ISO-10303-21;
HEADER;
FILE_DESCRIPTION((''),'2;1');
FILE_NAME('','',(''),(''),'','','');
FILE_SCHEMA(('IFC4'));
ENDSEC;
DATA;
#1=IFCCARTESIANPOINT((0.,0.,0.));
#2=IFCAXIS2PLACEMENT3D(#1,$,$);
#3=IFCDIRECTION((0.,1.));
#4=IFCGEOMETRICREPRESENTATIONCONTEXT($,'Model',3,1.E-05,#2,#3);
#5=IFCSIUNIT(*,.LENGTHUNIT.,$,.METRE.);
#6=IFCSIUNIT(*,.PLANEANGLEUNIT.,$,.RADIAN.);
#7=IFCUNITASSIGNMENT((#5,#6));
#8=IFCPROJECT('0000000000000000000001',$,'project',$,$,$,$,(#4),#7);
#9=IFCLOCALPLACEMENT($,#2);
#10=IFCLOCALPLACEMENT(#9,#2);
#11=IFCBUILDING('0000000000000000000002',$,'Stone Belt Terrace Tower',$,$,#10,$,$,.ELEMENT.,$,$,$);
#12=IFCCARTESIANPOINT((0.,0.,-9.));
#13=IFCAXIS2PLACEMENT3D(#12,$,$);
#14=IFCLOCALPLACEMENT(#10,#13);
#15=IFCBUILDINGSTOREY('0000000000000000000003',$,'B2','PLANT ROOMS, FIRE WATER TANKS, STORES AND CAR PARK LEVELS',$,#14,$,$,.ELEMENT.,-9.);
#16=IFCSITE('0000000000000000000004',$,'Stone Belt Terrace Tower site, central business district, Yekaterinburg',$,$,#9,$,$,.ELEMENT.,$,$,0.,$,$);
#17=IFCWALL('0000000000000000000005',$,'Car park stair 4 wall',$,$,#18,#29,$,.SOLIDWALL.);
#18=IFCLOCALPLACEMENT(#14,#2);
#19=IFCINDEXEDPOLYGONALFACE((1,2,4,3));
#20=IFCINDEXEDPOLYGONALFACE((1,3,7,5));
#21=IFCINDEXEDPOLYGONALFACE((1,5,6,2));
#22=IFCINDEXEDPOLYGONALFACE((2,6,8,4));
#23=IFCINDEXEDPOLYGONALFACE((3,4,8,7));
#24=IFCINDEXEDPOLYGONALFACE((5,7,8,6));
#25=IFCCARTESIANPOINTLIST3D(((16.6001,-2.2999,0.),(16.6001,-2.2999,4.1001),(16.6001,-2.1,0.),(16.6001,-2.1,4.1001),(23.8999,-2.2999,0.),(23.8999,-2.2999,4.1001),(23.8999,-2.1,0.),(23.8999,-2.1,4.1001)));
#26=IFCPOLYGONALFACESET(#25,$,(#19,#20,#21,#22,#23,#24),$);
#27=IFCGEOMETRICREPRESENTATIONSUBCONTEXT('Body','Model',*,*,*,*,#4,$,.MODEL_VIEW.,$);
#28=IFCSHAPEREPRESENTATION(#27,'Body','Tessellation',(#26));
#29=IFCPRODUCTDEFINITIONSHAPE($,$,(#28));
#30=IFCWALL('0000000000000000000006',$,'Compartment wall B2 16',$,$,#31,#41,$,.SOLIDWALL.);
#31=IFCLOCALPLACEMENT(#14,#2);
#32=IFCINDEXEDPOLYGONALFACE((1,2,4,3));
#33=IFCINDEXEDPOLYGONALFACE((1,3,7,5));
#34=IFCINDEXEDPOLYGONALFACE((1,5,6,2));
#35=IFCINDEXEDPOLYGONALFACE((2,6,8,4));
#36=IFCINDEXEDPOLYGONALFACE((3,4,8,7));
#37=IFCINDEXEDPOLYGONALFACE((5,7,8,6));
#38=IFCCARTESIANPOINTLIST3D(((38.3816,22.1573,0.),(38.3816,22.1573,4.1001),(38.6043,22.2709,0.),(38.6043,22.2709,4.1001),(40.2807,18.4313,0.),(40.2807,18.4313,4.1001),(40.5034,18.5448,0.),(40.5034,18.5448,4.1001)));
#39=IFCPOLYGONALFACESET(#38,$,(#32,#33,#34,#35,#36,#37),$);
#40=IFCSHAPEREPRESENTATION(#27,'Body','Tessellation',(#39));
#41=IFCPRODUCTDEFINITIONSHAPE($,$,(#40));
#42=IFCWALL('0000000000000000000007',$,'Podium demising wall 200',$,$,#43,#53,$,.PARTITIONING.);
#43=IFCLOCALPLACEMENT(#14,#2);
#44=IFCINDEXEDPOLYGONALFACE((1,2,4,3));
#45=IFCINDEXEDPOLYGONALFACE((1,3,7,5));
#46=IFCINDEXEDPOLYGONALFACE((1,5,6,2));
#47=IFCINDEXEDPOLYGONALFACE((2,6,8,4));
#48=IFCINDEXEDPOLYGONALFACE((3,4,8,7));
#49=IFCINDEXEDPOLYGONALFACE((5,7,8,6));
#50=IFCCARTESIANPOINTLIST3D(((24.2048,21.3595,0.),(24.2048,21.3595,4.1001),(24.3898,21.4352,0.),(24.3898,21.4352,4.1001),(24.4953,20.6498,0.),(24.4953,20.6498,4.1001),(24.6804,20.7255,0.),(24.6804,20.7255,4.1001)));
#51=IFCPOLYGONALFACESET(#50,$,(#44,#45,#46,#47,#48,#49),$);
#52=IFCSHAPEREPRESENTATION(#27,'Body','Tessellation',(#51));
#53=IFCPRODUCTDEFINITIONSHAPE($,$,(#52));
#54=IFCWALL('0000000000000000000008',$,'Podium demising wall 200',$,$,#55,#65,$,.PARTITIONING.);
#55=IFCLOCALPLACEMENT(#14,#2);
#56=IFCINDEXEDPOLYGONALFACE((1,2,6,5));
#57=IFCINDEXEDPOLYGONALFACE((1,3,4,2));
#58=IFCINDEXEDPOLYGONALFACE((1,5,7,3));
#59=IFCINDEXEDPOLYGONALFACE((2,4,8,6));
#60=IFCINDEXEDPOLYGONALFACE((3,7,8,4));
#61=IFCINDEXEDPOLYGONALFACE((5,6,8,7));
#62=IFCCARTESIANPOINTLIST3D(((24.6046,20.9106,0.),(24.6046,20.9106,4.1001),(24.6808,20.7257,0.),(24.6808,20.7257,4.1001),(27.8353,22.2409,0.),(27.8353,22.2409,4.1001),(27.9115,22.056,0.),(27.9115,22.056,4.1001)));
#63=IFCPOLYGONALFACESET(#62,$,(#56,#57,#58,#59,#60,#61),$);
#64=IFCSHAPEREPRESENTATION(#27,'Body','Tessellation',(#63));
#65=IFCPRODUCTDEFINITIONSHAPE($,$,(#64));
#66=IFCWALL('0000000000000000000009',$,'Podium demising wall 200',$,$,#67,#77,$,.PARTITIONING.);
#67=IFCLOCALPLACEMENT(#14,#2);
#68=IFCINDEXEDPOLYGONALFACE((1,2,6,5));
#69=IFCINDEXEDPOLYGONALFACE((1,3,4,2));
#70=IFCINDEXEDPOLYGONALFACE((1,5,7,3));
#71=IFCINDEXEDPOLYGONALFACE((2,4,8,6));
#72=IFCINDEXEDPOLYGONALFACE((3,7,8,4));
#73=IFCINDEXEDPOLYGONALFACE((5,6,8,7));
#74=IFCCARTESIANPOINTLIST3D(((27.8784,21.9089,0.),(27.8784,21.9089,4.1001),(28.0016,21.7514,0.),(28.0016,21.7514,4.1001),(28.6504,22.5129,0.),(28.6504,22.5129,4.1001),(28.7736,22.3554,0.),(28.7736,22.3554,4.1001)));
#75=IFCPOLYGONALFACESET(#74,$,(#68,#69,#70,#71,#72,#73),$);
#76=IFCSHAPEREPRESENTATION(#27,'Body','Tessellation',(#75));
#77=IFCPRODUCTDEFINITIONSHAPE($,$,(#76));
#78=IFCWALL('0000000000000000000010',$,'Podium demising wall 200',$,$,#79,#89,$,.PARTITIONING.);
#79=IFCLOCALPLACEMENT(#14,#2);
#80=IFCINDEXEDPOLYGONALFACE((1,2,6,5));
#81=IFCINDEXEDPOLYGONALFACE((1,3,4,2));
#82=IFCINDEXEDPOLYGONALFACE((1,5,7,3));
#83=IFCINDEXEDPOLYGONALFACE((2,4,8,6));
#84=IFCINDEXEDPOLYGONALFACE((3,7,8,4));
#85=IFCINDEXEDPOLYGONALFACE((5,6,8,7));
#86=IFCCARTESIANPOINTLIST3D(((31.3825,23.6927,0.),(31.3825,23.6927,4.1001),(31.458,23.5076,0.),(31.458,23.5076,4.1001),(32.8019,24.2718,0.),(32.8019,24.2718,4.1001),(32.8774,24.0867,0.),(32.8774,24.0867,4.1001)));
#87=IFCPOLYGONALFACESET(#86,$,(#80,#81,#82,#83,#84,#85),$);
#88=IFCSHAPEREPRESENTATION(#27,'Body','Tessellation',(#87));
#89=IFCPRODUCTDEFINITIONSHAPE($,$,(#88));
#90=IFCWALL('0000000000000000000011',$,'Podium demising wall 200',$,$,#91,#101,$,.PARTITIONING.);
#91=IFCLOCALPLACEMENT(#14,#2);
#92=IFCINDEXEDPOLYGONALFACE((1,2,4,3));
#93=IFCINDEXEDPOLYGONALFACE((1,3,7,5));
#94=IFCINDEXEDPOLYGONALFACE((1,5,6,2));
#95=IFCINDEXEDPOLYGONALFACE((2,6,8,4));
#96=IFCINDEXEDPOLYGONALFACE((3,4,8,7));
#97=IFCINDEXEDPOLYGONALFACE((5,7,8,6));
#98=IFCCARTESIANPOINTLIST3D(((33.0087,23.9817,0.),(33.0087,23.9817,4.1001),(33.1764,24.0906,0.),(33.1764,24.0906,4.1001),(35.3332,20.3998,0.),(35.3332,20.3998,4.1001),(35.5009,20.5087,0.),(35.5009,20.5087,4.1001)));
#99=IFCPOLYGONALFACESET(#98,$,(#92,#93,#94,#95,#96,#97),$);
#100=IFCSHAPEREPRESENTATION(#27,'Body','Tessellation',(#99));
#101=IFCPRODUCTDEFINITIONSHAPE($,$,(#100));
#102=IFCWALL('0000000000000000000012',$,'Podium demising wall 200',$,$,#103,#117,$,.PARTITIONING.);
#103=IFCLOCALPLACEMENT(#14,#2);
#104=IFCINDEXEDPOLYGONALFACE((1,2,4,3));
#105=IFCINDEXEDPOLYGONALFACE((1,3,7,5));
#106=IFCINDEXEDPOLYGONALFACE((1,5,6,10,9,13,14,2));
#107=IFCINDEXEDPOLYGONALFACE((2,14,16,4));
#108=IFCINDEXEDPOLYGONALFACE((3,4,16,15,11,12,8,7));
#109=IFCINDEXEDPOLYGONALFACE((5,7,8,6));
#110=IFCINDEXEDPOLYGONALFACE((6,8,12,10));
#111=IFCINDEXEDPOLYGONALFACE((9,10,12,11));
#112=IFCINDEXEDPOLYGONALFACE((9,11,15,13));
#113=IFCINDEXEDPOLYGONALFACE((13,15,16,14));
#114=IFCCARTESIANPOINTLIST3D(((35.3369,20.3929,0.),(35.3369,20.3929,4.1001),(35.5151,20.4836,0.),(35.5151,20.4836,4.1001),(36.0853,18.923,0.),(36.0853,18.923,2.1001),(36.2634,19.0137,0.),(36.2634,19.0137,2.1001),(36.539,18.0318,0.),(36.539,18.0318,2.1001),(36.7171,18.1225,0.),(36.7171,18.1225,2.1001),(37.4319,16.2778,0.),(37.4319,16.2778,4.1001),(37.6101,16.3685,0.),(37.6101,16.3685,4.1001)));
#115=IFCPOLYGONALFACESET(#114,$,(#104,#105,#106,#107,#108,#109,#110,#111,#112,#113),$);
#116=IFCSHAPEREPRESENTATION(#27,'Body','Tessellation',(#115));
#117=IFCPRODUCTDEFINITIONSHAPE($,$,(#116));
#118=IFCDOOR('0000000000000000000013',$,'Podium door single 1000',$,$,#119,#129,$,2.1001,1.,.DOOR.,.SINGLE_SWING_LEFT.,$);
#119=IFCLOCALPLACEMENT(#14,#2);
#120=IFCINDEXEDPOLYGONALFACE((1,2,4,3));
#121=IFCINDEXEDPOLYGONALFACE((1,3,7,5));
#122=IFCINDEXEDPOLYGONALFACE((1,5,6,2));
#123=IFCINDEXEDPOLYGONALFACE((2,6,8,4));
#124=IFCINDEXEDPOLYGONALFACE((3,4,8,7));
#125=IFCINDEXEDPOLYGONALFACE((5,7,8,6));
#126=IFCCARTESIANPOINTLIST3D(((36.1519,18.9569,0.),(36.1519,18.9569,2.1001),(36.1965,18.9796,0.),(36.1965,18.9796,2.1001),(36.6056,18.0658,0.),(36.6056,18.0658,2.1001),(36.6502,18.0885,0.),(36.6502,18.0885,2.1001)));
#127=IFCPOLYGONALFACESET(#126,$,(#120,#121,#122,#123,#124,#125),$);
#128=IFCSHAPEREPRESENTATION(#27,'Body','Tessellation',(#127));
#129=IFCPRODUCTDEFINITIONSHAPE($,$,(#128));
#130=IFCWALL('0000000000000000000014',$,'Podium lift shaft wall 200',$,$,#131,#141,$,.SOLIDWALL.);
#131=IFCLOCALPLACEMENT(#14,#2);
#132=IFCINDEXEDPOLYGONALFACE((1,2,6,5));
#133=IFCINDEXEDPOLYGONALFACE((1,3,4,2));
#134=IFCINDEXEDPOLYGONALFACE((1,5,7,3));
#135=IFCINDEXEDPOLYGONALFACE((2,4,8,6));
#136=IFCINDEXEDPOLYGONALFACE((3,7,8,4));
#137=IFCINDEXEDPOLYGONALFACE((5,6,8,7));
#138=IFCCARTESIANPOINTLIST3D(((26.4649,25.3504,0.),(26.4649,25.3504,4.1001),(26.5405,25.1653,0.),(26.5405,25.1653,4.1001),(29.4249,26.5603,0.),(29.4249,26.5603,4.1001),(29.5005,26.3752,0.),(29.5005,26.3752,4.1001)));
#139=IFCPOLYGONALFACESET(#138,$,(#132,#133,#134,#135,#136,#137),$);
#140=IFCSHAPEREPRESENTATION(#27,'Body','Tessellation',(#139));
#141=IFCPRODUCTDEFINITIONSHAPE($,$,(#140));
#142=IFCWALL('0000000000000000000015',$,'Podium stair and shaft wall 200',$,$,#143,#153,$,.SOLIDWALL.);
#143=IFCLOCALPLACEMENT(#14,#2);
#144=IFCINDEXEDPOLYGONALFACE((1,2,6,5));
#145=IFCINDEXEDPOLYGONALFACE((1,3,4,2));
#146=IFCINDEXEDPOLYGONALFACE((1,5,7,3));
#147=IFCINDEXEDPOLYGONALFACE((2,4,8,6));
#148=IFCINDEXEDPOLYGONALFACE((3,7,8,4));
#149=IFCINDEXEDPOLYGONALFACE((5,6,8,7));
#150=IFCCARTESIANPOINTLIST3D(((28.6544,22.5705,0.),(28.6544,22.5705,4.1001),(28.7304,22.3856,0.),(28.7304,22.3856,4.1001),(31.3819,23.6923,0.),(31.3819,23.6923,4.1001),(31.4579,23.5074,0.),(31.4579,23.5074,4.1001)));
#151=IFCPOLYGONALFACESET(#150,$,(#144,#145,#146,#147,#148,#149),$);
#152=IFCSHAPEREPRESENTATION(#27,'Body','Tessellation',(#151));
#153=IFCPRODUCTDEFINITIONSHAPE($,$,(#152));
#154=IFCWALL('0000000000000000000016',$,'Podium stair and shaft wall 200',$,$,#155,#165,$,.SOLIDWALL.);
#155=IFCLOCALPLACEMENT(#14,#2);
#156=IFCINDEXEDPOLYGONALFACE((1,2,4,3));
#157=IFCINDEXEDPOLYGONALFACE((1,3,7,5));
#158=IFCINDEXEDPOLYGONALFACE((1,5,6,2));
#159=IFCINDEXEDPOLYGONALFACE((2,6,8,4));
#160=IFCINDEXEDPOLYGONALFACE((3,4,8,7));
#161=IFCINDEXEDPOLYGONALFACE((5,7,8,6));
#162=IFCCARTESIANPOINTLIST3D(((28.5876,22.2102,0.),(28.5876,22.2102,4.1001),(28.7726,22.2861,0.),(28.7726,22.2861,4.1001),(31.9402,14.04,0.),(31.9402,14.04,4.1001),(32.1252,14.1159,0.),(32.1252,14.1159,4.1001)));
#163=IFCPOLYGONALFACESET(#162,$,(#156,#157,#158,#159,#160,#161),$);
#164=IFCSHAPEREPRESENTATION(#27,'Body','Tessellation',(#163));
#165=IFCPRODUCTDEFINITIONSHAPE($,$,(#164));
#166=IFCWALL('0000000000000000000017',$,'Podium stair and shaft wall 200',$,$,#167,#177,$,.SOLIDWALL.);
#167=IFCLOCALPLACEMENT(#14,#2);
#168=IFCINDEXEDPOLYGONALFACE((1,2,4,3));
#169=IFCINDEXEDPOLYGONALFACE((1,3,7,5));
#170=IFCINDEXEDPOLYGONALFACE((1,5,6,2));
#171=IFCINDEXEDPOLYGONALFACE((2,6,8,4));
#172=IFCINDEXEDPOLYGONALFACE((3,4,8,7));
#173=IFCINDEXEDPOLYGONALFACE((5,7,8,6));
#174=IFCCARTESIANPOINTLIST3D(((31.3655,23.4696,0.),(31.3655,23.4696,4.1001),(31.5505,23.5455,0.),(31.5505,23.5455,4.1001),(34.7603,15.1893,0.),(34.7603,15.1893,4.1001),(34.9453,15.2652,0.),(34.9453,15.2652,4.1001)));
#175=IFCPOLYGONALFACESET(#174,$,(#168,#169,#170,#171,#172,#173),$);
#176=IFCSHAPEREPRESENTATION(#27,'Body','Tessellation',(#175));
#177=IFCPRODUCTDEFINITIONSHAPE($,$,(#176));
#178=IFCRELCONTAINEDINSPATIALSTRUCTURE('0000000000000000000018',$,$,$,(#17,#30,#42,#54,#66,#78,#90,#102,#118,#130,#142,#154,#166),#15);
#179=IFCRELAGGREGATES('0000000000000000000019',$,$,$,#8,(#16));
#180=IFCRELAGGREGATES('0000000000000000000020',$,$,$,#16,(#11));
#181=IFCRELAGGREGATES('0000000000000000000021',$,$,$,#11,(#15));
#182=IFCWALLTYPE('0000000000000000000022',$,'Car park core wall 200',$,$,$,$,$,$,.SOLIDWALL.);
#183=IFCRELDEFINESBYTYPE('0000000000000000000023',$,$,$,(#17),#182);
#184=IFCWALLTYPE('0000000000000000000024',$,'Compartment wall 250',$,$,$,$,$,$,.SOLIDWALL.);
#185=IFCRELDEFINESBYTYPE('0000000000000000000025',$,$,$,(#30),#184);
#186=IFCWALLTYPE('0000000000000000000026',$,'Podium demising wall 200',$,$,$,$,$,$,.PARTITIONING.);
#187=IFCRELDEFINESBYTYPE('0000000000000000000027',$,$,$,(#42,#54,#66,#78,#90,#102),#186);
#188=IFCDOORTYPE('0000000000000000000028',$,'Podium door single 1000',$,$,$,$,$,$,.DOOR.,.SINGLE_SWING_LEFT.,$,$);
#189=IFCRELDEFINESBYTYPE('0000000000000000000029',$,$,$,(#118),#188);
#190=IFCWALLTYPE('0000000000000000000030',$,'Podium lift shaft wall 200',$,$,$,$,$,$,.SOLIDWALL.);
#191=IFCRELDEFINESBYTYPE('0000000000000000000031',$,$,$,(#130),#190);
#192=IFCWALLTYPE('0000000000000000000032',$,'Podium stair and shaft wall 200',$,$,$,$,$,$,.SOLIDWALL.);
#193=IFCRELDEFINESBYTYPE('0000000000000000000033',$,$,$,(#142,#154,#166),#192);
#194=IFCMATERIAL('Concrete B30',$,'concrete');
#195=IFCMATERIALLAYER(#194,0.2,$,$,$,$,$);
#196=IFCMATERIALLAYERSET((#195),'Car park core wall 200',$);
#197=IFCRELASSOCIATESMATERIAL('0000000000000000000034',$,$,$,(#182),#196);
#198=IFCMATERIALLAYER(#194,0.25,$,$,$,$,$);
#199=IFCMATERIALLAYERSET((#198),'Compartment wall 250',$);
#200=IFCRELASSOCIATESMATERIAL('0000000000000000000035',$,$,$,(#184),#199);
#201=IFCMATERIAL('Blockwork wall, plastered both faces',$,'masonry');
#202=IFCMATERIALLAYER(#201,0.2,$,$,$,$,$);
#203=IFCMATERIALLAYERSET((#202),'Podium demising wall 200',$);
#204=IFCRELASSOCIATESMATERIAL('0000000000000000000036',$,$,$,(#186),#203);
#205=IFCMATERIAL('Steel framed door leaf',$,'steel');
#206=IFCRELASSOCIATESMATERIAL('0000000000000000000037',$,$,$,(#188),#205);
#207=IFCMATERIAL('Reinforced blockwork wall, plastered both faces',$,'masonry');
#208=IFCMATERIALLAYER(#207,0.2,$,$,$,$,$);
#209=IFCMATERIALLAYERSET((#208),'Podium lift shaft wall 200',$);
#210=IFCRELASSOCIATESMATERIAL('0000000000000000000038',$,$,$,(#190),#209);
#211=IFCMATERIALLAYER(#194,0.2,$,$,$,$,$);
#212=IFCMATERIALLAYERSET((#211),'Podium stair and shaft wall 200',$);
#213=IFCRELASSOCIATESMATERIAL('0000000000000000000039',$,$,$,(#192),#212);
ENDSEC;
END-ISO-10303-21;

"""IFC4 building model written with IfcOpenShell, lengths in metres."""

from ifc_helpers import new_model, si_unit, direction, frame, frame_2d, origin, place, context, subcontext, project, spatial, rectangle, extrude, material, layer, layer_set, type_object, element, fill, save


model = new_model("IFC4")

# Units and contexts
model_context = context("Model", 3, precision=1e-05, world=origin(), true_north=direction((0.0, 1.0)))
body_context = subcontext(model_context, "Body", "Model", "MODEL_VIEW")
ifc_project = project(units=[si_unit("LENGTHUNIT", "METRE"), si_unit("PLANEANGLEUNIT", "RADIAN")], contexts=[model_context])

# Site, building, storey
site_placement = place(None, origin())
site = spatial("IfcSite", under=ifc_project, at=site_placement, Name="Stone Belt Terrace Tower site, central business district, Yekaterinburg", CompositionType="ELEMENT", RefElevation=0.0)
building_placement = place(site_placement, origin())
building = spatial("IfcBuilding", under=site, at=building_placement, Name="Stone Belt Terrace Tower", CompositionType="ELEMENT")
storey_placement = place(building_placement, frame((0.0, 0.0, -9.0)))
storey = spatial("IfcBuildingStorey", under=building, at=storey_placement, Name="B2", Description="PLANT ROOMS, FIRE WATER TANKS, STORES AND CAR PARK LEVELS", CompositionType="ELEMENT", Elevation=-9.0)

# Walls
ifc_material_1 = material(Name="Concrete B30", Category="concrete")
ifc_layer_1 = layer(ifc_material_1, 0.2)
ifc_layer_set_1 = layer_set([ifc_layer_1], Name="Car park core wall 200")
wall_type_1 = type_object("IfcWallType", Name="Car park core wall 200", PredefinedType="SOLIDWALL", material=ifc_layer_set_1)
wall_1_placement = place(storey_placement, frame((16.6001, -2.2, 0.0), z_axis=(0.0, 0.0, 1.0), x_axis=(1.0, 0.0, 0.0)))
element("IfcWall", 1, at=wall_1_placement, inside=storey, type_object=wall_type_1, Name="Car park stair 4 wall", PredefinedType="SOLIDWALL", context=body_context, shape_type="SweptSolid", body=[
    extrude(rectangle(XDim=7.2998, YDim=0.2, at=frame_2d((3.6499, 0.0))), origin(), (0.0, 0.0, 1.0), 4.1001),
])
ifc_layer_2 = layer(ifc_material_1, 0.25)
ifc_layer_set_2 = layer_set([ifc_layer_2], Name="Compartment wall 250")
wall_type_2 = type_object("IfcWallType", Name="Compartment wall 250", PredefinedType="SOLIDWALL", material=ifc_layer_set_2)
wall_2_placement = place(storey_placement, frame((38.4929, 22.2141, 0.0), z_axis=(0.0, 0.0, 1.0), x_axis=(0.454112, -0.890945, 0.0)))
element("IfcWall", 2, at=wall_2_placement, inside=storey, type_object=wall_type_2, Name="Compartment wall B2 16", PredefinedType="SOLIDWALL", context=body_context, shape_type="SweptSolid", body=[
    extrude(rectangle(XDim=4.1821, YDim=0.25, at=frame_2d((2.0911, 0.0))), origin(), (0.0, 0.0, 1.0), 4.1001),
])
ifc_material_2 = material(Name="Blockwork wall, plastered both faces", Category="masonry")
ifc_layer_3 = layer(ifc_material_2, 0.2)
ifc_layer_set_3 = layer_set([ifc_layer_3], Name="Podium demising wall 200")
wall_type_3 = type_object("IfcWallType", Name="Podium demising wall 200", PredefinedType="PARTITIONING", material=ifc_layer_set_3)
wall_3_placement = place(storey_placement, frame((24.2974, 21.3972, 0.0), z_axis=(0.0, 0.0, 1.0), x_axis=(0.378844, -0.925461, 0.0)))
element("IfcWall", 3, at=wall_3_placement, inside=storey, type_object=wall_type_3, Name="Podium demising wall 200", PredefinedType="PARTITIONING", context=body_context, shape_type="SweptSolid", body=[
    extrude(rectangle(XDim=0.7668, YDim=0.2, at=frame_2d((0.3833, 0.0))), origin(), (0.0, 0.0, 1.0), 4.1001),
])
wall_4_placement = place(storey_placement, frame((24.6426, 20.8181, 0.0), z_axis=(0.0, 0.0, 1.0), x_axis=(0.924675, 0.380757, 0.0)))
element("IfcWall", 4, at=wall_4_placement, inside=storey, type_object=wall_type_3, Name="Podium demising wall 200", PredefinedType="PARTITIONING", context=body_context, shape_type="SweptSolid", body=[
    extrude(rectangle(XDim=3.4939, YDim=0.2, at=frame_2d((1.7471, 0.0))), origin(), (0.0, 0.0, 1.0), 4.1001),
])
wall_5_placement = place(storey_placement, frame((27.9399, 21.8301, 0.0), z_axis=(0.0, 0.0, 1.0), x_axis=(0.787579, 0.616214, 0.0)))
element("IfcWall", 5, at=wall_5_placement, inside=storey, type_object=wall_type_3, Name="Podium demising wall 200", PredefinedType="PARTITIONING", context=body_context, shape_type="SweptSolid", body=[
    extrude(rectangle(XDim=0.9802, YDim=0.2, at=frame_2d((0.4902, 0.0))), origin(), (0.0, 0.0, 1.0), 4.1001),
])
wall_6_placement = place(storey_placement, frame((31.4202, 23.6001, 0.0), z_axis=(0.0, 0.0, 1.0), x_axis=(0.925907, 0.377752, 0.0)))
element("IfcWall", 6, at=wall_6_placement, inside=storey, type_object=wall_type_3, Name="Podium demising wall 200", PredefinedType="PARTITIONING", context=body_context, shape_type="SweptSolid", body=[
    extrude(rectangle(XDim=1.533, YDim=0.2, at=frame_2d((0.7666, 0.0))), origin(), (0.0, 0.0, 1.0), 4.1001),
])
wall_7_placement = place(storey_placement, frame((33.0925, 24.0361, 0.0), z_axis=(0.0, 0.0, 1.0), x_axis=(0.544379, -0.838839, 0.0)))
element("IfcWall", 7, at=wall_7_placement, inside=storey, type_object=wall_type_3, Name="Podium demising wall 200", PredefinedType="PARTITIONING", context=body_context, shape_type="SweptSolid", body=[
    extrude(rectangle(XDim=4.27, YDim=0.2, at=frame_2d((2.135, 0.0))), origin(), (0.0, 0.0, 1.0), 4.1001),
])

# Wall, opening, door
wall_8_placement = place(storey_placement, frame((35.426, 20.4382, 0.0), z_axis=(0.0, 0.0, 1.0), x_axis=(0.453694, -0.891157, 0.0)))
wall_8 = element("IfcWall", 8, at=wall_8_placement, inside=storey, type_object=wall_type_3, Name="Podium demising wall 200", PredefinedType="PARTITIONING", context=body_context, shape_type="SweptSolid", body=[
    extrude(rectangle(XDim=4.6177, YDim=0.2, at=frame_2d((2.3088, 0.0))), origin(), (0.0, 0.0, 1.0), 4.1001),
])
opening_placement = place(wall_8_placement, frame((1.6494, 0.0, 0.0)))
opening = element("IfcOpeningElement", 9, at=opening_placement, cuts=wall_8, PredefinedType="OPENING", context=body_context, shape_type="SweptSolid", body=[
    extrude(rectangle(XDim=1.0, YDim=2.1001, at=frame_2d((0.5, 1.05))), frame((0.0, 0.1099, 0.0), z_axis=(0.0, -1.0, 0.0), x_axis=(1.0, 0.0, 0.0)), (0.0, 0.0, 1.0), 0.22),
])
ifc_material_3 = material(Name="Steel framed door leaf", Category="steel")
door_type = type_object("IfcDoorType", Name="Podium door single 1000", OperationType="SINGLE_SWING_LEFT", PredefinedType="DOOR", material=ifc_material_3)
door_placement = place(opening_placement, origin())
door = element("IfcDoor", 10, at=door_placement, inside=storey, type_object=door_type, Name="Podium door single 1000", OperationType="SINGLE_SWING_LEFT", OverallHeight=2.1001, OverallWidth=1.0, PredefinedType="DOOR", context=body_context, shape_type="SweptSolid", body=[
    extrude(rectangle(XDim=1.0, YDim=2.1001, at=frame_2d((0.5, 1.05))), frame((0.0, 0.0249, 0.0), z_axis=(0.0, -1.0, 0.0), x_axis=(1.0, 0.0, 0.0)), (0.0, 0.0, 1.0), 0.05),
])
fill(opening, door)

# Walls
ifc_material_4 = material(Name="Reinforced blockwork wall, plastered both faces", Category="masonry")
ifc_layer_4 = layer(ifc_material_4, 0.2)
ifc_layer_set_4 = layer_set([ifc_layer_4], Name="Podium lift shaft wall 200")
wall_type_4 = type_object("IfcWallType", Name="Podium lift shaft wall 200", PredefinedType="SOLIDWALL", material=ifc_layer_set_4)
wall_9_placement = place(storey_placement, frame((26.5027, 25.2578, 0.0), z_axis=(0.0, 0.0, 1.0), x_axis=(0.925649, 0.378383, 0.0)))
element("IfcWall", 11, at=wall_9_placement, inside=storey, type_object=wall_type_4, Name="Podium lift shaft wall 200", PredefinedType="SOLIDWALL", context=body_context, shape_type="SweptSolid", body=[
    extrude(rectangle(XDim=3.1978, YDim=0.2, at=frame_2d((1.5989, 0.0))), origin(), (0.0, 0.0, 1.0), 4.1001),
])
ifc_layer_5 = layer(ifc_material_1, 0.2)
ifc_layer_set_5 = layer_set([ifc_layer_5], Name="Podium stair and shaft wall 200")
wall_type_5 = type_object("IfcWallType", Name="Podium stair and shaft wall 200", PredefinedType="SOLIDWALL", material=ifc_layer_set_5)
wall_10_placement = place(storey_placement, frame((28.6924, 22.478, 0.0), z_axis=(0.0, 0.0, 1.0), x_axis=(0.924831, 0.380379, 0.0)))
element("IfcWall", 12, at=wall_10_placement, inside=storey, type_object=wall_type_5, Name="Podium stair and shaft wall 200", PredefinedType="SOLIDWALL", context=body_context, shape_type="SweptSolid", body=[
    extrude(rectangle(XDim=2.9492, YDim=0.2, at=frame_2d((1.4746, 0.0))), origin(), (0.0, 0.0, 1.0), 4.1001),
])
wall_11_placement = place(storey_placement, frame((28.6802, 22.248, 0.0), z_axis=(0.0, 0.0, 1.0), x_axis=(0.379622, -0.925142, 0.0)))
element("IfcWall", 13, at=wall_11_placement, inside=storey, type_object=wall_type_5, Name="Podium stair and shaft wall 200", PredefinedType="SOLIDWALL", context=body_context, shape_type="SweptSolid", body=[
    extrude(rectangle(XDim=8.8313, YDim=0.2, at=frame_2d((4.4155, 0.0))), origin(), (0.0, 0.0, 1.0), 4.1001),
])
wall_12_placement = place(storey_placement, frame((31.458, 23.5076, 0.0), z_axis=(0.0, 0.0, 1.0), x_axis=(0.37934, -0.925257, 0.0)))
element("IfcWall", 14, at=wall_12_placement, inside=storey, type_object=wall_type_5, Name="Podium stair and shaft wall 200", PredefinedType="SOLIDWALL", context=body_context, shape_type="SweptSolid", body=[
    extrude(rectangle(XDim=8.9492, YDim=0.2, at=frame_2d((4.4746, 0.0))), origin(), (0.0, 0.0, 1.0), 4.1001),
])

save(model, "model.ifc")
